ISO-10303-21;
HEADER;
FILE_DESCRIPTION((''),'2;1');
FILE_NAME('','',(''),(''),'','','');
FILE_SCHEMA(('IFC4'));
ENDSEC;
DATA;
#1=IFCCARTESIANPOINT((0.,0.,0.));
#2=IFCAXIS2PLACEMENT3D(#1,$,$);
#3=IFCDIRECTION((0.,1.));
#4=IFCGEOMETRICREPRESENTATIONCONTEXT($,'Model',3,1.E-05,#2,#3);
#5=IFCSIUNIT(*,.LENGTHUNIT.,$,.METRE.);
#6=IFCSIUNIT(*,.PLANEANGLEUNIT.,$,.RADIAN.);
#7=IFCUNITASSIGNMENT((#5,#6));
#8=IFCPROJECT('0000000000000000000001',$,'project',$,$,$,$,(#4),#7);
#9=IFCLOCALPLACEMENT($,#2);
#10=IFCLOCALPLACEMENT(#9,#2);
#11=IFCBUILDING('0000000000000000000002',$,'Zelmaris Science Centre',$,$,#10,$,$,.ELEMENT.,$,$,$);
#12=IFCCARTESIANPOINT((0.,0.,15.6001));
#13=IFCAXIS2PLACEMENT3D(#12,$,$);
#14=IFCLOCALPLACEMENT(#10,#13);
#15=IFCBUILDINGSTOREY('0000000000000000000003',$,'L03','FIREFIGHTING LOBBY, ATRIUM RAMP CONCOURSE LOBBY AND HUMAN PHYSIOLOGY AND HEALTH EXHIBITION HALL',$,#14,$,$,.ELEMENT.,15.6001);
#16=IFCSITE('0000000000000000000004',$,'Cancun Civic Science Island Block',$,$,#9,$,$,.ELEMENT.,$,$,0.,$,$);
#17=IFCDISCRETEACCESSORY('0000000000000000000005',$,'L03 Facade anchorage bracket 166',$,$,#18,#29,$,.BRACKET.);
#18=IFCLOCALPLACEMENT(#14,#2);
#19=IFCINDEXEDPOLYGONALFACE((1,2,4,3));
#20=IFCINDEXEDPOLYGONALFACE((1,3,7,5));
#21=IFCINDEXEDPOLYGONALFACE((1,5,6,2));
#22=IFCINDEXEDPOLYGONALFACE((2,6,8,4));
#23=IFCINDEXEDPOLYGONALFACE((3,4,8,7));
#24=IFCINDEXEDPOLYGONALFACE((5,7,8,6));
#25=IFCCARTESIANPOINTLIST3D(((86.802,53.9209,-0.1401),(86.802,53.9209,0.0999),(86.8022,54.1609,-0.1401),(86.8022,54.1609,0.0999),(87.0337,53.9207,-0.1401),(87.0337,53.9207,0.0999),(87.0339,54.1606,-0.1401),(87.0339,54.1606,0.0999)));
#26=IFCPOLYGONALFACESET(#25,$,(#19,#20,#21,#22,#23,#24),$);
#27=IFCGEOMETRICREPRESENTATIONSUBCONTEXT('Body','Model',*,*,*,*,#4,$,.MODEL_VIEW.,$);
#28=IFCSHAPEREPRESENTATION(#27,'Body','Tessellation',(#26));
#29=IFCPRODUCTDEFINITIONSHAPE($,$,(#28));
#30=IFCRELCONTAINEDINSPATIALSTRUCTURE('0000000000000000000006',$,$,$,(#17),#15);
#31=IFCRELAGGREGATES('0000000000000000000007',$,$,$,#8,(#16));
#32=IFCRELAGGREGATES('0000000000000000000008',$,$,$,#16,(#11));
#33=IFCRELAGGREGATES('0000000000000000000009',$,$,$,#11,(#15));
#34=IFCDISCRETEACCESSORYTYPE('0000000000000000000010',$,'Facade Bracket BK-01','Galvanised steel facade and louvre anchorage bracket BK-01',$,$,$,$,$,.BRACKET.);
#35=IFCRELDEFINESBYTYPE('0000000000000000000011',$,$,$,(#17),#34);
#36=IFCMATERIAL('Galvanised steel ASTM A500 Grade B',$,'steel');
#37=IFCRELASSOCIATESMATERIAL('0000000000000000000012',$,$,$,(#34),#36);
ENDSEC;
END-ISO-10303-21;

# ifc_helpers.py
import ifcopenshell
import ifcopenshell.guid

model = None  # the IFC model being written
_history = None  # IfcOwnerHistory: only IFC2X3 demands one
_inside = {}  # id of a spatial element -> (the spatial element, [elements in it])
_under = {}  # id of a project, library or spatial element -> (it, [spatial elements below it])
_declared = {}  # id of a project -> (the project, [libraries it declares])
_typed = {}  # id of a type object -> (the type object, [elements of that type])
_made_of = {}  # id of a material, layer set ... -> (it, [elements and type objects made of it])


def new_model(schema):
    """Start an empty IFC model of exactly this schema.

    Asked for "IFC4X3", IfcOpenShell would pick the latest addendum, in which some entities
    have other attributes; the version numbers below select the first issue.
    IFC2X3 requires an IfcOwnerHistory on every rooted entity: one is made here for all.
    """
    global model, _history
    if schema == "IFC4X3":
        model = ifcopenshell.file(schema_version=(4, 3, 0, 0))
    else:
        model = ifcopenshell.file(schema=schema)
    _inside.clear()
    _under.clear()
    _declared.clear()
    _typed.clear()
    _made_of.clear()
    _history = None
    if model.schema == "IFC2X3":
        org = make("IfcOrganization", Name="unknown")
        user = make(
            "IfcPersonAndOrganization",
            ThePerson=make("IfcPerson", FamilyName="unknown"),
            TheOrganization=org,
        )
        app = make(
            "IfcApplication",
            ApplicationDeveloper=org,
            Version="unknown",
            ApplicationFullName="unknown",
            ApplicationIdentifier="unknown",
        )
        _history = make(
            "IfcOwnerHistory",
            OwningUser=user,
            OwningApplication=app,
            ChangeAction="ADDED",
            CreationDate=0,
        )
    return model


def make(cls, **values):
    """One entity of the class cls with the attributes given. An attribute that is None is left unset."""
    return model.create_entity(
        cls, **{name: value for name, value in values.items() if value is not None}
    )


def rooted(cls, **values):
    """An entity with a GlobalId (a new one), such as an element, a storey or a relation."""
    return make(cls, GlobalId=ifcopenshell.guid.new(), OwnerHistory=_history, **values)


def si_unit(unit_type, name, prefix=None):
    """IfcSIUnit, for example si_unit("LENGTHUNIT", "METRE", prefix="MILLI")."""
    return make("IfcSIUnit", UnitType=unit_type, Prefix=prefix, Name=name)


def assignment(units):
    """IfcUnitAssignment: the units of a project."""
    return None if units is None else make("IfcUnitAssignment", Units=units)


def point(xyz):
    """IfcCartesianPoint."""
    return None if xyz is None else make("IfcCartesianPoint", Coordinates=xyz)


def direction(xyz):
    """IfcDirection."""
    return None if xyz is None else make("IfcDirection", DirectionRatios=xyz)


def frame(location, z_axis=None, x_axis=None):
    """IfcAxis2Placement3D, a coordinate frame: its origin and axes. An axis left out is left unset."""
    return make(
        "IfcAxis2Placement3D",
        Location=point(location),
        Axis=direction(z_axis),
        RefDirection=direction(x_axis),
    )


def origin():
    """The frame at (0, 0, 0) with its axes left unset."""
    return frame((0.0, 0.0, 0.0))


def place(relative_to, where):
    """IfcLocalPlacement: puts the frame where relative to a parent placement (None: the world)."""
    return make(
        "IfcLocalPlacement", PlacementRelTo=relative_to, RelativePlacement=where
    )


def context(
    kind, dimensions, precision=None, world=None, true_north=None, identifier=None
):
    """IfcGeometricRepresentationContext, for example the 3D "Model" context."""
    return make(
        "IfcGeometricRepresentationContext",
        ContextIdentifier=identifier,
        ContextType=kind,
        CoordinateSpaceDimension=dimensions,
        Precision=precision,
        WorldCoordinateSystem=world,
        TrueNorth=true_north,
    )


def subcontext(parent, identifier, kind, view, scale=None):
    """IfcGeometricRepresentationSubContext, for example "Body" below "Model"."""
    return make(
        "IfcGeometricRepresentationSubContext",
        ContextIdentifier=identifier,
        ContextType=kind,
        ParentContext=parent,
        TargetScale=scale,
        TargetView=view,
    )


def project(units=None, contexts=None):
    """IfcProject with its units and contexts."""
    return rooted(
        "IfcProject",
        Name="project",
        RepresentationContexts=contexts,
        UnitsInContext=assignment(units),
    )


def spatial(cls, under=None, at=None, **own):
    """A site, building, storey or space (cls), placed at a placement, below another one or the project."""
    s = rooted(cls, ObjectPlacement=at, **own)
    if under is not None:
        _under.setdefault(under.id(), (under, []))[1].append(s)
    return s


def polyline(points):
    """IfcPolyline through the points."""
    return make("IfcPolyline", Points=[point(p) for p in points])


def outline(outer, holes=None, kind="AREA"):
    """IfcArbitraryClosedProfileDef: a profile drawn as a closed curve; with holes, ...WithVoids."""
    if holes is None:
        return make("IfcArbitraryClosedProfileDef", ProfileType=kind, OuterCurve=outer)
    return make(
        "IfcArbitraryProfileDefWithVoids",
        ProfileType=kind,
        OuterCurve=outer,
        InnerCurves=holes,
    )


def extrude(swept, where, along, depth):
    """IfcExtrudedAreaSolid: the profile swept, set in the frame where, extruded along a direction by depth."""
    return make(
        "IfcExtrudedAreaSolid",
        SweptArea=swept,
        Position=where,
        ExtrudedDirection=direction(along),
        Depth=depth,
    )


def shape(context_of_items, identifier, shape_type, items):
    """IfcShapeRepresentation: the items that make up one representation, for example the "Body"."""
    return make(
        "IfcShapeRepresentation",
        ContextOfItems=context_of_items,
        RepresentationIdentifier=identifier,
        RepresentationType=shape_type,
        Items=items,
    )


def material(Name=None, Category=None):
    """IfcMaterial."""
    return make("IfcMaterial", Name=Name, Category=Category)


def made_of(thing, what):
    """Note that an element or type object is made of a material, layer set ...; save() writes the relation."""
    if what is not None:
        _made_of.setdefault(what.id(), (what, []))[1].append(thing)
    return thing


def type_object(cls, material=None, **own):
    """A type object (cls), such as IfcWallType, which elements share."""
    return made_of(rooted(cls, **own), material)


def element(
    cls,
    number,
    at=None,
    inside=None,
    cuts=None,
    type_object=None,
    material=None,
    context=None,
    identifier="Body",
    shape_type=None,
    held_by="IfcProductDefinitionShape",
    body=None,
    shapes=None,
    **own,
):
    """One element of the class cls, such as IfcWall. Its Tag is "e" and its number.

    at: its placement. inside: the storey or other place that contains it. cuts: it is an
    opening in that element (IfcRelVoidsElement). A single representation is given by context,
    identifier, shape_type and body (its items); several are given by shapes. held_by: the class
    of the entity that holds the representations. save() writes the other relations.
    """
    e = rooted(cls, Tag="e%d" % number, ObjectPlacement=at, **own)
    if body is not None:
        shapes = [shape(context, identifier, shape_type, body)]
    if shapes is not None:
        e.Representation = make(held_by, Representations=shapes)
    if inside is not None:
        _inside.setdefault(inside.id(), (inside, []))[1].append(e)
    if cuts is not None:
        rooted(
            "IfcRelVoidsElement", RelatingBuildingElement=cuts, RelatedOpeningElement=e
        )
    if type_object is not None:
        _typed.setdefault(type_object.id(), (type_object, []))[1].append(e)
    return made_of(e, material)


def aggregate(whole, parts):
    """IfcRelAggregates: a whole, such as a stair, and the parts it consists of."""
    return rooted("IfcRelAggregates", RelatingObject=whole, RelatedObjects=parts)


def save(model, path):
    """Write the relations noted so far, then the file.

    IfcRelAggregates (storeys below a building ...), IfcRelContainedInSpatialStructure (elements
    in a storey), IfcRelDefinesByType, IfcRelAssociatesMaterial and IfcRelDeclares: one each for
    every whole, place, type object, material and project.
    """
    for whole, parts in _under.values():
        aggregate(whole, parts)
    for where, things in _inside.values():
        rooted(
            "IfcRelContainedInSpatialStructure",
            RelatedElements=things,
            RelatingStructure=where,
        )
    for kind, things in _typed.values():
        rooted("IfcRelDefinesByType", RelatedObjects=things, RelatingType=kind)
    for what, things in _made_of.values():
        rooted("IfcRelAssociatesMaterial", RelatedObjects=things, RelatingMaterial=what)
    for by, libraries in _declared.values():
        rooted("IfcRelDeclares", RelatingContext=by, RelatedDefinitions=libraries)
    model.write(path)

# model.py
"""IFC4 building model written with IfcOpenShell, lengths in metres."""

from ifc_helpers import new_model, si_unit, direction, frame, origin, place, context, subcontext, project, spatial, polyline, outline, extrude, material, type_object, element, save


model = new_model("IFC4")

# Units and contexts
model_context = context("Model", 3, precision=1e-05, world=origin(), true_north=direction((0.0, 1.0)))
body_context = subcontext(model_context, "Body", "Model", "MODEL_VIEW")
ifc_project = project(units=[si_unit("LENGTHUNIT", "METRE"), si_unit("PLANEANGLEUNIT", "RADIAN")], contexts=[model_context])

# Site, building, storey
site_placement = place(None, origin())
site = spatial("IfcSite", under=ifc_project, at=site_placement, Name="Cancun Civic Science Island Block", CompositionType="ELEMENT", RefElevation=0.0)
building_placement = place(site_placement, origin())
building = spatial("IfcBuilding", under=site, at=building_placement, Name="Zelmaris Science Centre", CompositionType="ELEMENT")
storey_placement = place(building_placement, frame((0.0, 0.0, 15.6001)))
storey = spatial("IfcBuildingStorey", under=building, at=storey_placement, Name="L03", Description="FIREFIGHTING LOBBY, ATRIUM RAMP CONCOURSE LOBBY AND HUMAN PHYSIOLOGY AND HEALTH EXHIBITION HALL", CompositionType="ELEMENT", Elevation=15.6001)

# Discrete accessory
ifc_material_1 = material(Name="Galvanised steel ASTM A500 Grade B", Category="steel")
discrete_accessory_type = type_object("IfcDiscreteAccessoryType", Name="Facade Bracket BK-01", Description="Galvanised steel facade and louvre anchorage bracket BK-01", PredefinedType="BRACKET", material=ifc_material_1)
discrete_accessory_1_placement = place(storey_placement, frame((0.0, 0.0, -0.1401)))
element("IfcDiscreteAccessory", 1, at=discrete_accessory_1_placement, inside=storey, type_object=discrete_accessory_type, Name="L03 Facade anchorage bracket 166", PredefinedType="BRACKET", context=body_context, shape_type="SweptSolid", body=[
    extrude(outline(polyline([(86.8022, 54.1609), (86.802, 53.9209), (87.0337, 53.9207), (87.0339, 54.1606), (86.8022, 54.1609)])), origin(), (0.0, 0.0, 1.0), 0.24),
])

save(model, "model.ifc")
